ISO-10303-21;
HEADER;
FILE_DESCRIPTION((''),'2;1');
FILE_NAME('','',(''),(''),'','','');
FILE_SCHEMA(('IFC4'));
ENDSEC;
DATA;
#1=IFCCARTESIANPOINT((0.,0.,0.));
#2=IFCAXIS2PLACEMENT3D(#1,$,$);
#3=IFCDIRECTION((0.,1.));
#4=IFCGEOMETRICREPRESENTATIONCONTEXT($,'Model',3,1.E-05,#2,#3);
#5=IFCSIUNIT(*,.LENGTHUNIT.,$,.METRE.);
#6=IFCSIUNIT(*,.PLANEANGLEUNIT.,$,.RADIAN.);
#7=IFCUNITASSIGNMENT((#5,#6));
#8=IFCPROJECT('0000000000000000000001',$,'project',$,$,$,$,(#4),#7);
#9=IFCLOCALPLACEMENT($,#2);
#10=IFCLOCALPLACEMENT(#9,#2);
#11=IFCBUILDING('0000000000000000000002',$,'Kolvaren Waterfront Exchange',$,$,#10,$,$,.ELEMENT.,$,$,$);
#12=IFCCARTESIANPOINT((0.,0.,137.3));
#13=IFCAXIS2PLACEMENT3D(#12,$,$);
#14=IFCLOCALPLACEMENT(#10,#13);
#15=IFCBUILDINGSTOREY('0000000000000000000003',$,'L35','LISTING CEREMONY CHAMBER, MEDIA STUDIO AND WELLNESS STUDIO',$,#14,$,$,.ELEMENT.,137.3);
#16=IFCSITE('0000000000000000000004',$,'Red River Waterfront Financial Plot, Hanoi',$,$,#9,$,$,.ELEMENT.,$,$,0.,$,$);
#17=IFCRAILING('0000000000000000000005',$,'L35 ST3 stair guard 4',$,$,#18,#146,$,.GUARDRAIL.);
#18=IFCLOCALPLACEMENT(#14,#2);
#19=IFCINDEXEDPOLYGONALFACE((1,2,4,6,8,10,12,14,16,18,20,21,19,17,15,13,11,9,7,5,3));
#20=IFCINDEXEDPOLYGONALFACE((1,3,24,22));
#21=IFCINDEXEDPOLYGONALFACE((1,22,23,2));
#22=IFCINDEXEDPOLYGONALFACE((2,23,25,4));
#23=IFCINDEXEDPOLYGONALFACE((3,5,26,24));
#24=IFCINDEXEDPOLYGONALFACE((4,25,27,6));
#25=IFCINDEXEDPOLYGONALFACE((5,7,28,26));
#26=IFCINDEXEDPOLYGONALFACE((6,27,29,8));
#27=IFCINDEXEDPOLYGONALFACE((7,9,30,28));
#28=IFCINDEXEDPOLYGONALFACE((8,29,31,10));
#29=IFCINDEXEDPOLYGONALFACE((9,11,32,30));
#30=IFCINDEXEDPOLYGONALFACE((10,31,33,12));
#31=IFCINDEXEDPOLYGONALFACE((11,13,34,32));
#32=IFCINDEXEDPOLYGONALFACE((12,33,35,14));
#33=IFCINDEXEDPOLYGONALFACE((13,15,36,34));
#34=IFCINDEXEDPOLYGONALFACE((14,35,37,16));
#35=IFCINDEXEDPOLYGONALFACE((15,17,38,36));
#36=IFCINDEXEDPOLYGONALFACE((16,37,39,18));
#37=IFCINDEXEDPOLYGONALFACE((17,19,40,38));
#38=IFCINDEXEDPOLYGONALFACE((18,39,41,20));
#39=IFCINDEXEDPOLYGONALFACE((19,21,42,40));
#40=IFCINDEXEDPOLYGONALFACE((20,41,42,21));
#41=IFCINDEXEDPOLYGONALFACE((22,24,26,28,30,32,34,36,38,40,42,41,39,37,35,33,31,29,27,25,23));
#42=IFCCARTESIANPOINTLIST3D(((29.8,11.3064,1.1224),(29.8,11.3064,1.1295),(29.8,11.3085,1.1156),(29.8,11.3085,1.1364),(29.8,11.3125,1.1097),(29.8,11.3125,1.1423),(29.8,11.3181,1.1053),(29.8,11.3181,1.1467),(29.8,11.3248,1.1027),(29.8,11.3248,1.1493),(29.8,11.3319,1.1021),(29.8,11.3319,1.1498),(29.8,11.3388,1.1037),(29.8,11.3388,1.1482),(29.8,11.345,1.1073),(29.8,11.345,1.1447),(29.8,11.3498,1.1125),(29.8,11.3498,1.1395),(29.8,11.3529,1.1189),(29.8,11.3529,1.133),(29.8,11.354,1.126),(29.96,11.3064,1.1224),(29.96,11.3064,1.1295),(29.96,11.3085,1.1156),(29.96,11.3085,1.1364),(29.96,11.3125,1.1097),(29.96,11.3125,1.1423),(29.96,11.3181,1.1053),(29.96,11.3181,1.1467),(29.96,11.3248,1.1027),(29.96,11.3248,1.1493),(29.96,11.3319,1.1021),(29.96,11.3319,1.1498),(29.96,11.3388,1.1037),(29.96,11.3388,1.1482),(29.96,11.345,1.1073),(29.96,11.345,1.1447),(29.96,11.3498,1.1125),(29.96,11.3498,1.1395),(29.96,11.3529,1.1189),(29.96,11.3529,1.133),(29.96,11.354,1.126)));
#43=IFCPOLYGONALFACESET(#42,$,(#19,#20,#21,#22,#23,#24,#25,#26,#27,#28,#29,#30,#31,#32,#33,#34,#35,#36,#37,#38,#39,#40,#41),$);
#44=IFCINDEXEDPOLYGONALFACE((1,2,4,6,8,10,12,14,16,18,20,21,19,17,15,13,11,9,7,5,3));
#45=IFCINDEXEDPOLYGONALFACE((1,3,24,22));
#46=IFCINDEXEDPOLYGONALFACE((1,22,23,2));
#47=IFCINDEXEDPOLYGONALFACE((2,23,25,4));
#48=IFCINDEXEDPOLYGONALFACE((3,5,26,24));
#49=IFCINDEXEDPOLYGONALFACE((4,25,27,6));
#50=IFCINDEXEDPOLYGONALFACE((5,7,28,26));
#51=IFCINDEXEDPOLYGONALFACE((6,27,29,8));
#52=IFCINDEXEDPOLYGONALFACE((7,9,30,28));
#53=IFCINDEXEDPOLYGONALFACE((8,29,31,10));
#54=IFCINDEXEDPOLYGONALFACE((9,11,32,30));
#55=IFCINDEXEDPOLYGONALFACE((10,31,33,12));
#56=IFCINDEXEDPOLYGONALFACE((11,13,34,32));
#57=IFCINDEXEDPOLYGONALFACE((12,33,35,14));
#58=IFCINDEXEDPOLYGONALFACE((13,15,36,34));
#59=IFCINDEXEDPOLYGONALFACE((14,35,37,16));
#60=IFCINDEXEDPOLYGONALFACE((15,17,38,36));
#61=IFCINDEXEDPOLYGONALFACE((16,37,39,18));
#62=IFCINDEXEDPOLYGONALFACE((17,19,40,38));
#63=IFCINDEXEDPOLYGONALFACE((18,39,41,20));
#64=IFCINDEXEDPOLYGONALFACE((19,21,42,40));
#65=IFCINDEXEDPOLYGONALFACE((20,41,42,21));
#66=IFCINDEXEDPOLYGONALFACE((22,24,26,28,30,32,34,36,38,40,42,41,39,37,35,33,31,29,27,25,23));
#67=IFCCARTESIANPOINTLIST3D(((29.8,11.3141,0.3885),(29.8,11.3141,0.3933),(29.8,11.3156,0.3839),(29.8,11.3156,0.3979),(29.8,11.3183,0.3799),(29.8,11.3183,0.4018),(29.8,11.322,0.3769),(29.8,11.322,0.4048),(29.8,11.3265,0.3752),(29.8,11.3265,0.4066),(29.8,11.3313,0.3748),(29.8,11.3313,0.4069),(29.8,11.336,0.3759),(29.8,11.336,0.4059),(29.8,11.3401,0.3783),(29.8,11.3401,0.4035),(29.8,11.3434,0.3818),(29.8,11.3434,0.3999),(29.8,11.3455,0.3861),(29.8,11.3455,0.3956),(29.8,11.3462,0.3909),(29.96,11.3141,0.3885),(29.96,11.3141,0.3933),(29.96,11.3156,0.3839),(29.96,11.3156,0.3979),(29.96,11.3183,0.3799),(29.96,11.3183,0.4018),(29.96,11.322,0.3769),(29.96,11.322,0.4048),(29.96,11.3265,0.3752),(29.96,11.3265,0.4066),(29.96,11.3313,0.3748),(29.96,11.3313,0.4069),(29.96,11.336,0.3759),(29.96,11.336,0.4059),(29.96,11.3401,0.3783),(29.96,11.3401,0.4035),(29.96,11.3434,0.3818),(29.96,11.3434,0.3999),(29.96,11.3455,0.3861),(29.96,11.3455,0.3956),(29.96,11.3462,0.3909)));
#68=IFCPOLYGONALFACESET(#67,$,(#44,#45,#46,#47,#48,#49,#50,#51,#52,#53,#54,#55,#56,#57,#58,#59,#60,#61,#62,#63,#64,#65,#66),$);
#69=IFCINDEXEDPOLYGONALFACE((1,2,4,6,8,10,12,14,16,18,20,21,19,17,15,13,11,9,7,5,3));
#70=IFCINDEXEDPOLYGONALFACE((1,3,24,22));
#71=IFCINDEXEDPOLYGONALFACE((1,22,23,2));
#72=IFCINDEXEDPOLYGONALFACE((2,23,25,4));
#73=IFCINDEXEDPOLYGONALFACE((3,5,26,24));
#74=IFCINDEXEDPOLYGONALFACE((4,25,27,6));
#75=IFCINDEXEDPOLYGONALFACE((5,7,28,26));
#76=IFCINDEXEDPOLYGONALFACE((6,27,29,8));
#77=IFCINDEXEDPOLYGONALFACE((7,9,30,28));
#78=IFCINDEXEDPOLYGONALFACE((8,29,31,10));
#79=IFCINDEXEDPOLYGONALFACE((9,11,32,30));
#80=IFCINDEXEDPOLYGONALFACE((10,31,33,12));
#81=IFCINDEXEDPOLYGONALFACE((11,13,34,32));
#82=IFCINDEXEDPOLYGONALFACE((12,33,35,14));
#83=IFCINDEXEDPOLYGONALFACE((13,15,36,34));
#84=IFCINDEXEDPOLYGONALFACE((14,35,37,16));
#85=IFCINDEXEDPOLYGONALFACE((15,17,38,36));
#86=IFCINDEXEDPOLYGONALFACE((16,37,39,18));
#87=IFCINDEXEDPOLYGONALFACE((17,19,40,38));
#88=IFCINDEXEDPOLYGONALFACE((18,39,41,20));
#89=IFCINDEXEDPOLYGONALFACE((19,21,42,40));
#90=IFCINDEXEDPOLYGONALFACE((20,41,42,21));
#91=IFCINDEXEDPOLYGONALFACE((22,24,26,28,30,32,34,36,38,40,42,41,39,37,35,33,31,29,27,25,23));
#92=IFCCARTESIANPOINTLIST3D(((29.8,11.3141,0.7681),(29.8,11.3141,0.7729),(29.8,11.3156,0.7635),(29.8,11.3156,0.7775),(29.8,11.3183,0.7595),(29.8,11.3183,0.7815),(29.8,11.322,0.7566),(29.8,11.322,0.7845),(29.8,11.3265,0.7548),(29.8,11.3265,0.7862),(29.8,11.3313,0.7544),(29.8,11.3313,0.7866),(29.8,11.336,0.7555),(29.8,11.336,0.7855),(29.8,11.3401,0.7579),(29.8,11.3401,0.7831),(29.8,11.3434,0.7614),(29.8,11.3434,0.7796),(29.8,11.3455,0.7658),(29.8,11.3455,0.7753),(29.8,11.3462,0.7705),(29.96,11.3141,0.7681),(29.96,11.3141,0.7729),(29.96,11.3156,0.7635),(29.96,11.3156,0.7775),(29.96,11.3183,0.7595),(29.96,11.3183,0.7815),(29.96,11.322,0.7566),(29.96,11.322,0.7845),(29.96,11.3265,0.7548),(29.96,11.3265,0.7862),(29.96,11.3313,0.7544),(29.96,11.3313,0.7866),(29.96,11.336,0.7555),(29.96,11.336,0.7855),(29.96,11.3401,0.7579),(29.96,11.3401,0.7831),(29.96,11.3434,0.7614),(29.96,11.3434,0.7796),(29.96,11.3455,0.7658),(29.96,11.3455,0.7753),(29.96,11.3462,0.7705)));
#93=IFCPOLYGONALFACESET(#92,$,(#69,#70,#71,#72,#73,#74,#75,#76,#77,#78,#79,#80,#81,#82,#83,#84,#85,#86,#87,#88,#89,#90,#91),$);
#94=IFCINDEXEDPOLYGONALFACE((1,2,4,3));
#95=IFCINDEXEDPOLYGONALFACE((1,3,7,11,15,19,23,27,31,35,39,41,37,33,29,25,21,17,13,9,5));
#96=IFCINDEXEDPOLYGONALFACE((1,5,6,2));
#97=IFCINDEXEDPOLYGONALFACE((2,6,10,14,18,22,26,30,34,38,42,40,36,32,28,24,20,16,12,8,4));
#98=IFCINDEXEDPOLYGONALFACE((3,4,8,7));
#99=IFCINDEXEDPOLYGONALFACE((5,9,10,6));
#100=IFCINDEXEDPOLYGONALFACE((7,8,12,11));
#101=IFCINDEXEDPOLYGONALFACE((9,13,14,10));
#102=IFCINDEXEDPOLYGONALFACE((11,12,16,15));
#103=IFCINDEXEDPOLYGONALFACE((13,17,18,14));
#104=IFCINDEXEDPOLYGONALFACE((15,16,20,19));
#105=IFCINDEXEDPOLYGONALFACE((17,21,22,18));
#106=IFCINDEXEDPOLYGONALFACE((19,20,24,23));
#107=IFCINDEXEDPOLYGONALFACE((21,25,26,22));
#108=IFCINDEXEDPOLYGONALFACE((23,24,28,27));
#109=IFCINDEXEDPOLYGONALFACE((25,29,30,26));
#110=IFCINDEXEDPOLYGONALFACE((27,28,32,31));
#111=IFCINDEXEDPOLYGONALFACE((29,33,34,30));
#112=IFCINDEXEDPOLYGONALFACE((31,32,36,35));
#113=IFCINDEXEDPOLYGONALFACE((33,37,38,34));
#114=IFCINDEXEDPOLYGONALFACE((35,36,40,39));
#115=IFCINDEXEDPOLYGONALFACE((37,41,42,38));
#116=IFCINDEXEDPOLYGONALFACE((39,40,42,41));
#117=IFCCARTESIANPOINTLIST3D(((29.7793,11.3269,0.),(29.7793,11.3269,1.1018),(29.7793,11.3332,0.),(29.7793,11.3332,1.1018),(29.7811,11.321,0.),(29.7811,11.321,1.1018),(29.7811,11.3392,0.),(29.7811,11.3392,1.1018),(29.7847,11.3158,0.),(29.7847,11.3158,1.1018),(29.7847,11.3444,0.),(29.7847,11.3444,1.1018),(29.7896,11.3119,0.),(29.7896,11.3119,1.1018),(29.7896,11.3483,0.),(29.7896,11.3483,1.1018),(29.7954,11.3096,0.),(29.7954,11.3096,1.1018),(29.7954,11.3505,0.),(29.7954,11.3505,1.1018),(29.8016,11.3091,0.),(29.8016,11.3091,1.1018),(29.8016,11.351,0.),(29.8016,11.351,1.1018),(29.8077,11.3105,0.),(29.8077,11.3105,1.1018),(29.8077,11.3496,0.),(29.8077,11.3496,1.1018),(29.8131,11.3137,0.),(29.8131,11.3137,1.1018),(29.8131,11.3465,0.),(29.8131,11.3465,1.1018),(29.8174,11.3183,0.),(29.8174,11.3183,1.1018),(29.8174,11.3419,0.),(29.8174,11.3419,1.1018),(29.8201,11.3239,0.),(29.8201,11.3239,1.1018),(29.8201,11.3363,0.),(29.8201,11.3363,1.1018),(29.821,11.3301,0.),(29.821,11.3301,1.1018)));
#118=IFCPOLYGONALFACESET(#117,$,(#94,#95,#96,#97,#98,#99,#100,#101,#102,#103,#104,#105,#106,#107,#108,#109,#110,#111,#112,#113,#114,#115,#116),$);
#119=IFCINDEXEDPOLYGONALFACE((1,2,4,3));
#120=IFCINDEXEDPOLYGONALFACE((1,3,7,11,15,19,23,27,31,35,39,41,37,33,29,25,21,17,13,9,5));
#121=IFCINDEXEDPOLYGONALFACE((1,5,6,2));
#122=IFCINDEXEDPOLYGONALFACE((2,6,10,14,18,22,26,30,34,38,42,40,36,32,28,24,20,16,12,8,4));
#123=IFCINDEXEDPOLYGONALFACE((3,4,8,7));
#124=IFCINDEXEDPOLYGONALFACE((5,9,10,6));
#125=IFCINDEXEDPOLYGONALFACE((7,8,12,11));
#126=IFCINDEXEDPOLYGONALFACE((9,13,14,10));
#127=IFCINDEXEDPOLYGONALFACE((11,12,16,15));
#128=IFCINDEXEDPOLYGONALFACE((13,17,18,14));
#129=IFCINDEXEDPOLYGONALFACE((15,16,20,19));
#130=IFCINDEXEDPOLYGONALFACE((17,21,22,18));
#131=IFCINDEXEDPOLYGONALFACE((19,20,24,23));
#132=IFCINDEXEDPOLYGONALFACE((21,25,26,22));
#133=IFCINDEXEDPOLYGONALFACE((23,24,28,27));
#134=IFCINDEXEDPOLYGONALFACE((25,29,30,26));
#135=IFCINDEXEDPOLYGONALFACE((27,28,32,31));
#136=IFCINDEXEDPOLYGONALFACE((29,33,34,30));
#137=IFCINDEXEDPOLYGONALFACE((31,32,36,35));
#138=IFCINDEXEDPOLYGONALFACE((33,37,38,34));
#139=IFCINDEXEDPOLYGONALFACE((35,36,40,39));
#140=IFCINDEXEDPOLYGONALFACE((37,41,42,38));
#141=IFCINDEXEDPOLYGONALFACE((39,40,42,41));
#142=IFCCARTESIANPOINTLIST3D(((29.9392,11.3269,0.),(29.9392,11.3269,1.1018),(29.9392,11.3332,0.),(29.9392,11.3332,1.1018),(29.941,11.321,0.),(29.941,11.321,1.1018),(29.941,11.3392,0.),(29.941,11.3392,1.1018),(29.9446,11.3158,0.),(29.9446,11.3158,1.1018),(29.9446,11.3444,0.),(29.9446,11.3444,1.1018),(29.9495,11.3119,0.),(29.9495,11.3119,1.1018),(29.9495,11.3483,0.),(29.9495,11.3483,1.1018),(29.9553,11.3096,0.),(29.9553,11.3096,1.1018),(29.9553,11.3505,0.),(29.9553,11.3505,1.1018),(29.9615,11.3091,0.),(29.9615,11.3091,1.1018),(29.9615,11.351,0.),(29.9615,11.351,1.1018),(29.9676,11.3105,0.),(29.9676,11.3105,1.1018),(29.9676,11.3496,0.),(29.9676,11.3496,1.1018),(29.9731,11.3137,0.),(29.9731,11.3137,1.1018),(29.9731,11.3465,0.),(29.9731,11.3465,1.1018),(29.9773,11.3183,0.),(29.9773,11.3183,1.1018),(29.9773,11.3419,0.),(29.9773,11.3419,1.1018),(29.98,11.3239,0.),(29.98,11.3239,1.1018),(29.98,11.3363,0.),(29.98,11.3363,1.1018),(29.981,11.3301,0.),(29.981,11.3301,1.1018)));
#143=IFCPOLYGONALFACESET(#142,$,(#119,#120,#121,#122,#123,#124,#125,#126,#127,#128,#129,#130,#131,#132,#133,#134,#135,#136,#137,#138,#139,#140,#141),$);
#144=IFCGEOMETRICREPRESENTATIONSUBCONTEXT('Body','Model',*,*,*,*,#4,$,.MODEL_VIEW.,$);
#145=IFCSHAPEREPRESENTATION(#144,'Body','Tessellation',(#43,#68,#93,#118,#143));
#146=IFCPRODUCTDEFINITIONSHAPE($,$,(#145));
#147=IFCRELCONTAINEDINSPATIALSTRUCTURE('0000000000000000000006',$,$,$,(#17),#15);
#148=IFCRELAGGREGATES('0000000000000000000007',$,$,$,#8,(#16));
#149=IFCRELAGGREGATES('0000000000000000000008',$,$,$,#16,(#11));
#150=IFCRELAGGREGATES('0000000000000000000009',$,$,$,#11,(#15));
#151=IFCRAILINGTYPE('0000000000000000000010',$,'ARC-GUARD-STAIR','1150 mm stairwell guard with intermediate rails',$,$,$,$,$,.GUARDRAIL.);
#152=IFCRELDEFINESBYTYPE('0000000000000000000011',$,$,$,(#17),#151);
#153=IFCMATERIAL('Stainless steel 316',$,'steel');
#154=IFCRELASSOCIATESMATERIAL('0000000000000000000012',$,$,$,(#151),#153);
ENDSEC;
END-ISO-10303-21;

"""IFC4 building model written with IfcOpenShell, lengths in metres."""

from ifc_helpers import new_model, si_unit, direction, frame, origin, origin_2d, place, context, subcontext, project, spatial, circle, extrude, material, type_object, element, save


model = new_model("IFC4")

# Units and contexts
model_context = context("Model", 3, precision=1e-05, world=origin(), true_north=direction((0.0, 1.0)))
body_context = subcontext(model_context, "Body", "Model", "MODEL_VIEW")
ifc_project = project(units=[si_unit("LENGTHUNIT", "METRE"), si_unit("PLANEANGLEUNIT", "RADIAN")], contexts=[model_context])

# Site, building, storey
site_placement = place(None, origin())
site = spatial("IfcSite", under=ifc_project, at=site_placement, Name="Red River Waterfront Financial Plot, Hanoi", CompositionType="ELEMENT", RefElevation=0.0)
building_placement = place(site_placement, origin())
building = spatial("IfcBuilding", under=site, at=building_placement, Name="Kolvaren Waterfront Exchange", CompositionType="ELEMENT")
storey_placement = place(building_placement, frame((0.0, 0.0, 137.3)))
storey = spatial("IfcBuildingStorey", under=building, at=storey_placement, Name="L35", Description="LISTING CEREMONY CHAMBER, MEDIA STUDIO AND WELLNESS STUDIO", CompositionType="ELEMENT", Elevation=137.3)

# Railing
ifc_material_1 = material(Name="Stainless steel 316", Category="steel")
railing_type_1 = type_object("IfcRailingType", Name="ARC-GUARD-STAIR", Description="1150 mm stairwell guard with intermediate rails", PredefinedType="GUARDRAIL", material=ifc_material_1)
railing_1_placement = place(storey_placement, frame((29.8, 11.3301, 0.0)))
element("IfcRailing", 1, at=railing_1_placement, inside=storey, type_object=railing_type_1, Name="L35 ST3 stair guard 4", PredefinedType="GUARDRAIL", context=body_context, shape_type="SweptSolid", body=[
    extrude(circle(Radius=0.0239, at=origin_2d()), frame((0.0, 0.0, 1.126), z_axis=(1.0, 0.0, 0.0), x_axis=(0.0, 1.0, 0.0)), (0.0, 0.0, 1.0), 0.1599),
    extrude(circle(Radius=0.0161, at=origin_2d()), frame((0.0, 0.0, 0.3909), z_axis=(1.0, 0.0, 0.0), x_axis=(0.0, 1.0, 0.0)), (0.0, 0.0, 1.0), 0.1599),
    extrude(circle(Radius=0.0161, at=origin_2d()), frame((0.0, 0.0, 0.7705), z_axis=(1.0, 0.0, 0.0), x_axis=(0.0, 1.0, 0.0)), (0.0, 0.0, 1.0), 0.1599),
    extrude(circle(Radius=0.021, at=origin_2d()), origin(), (0.0, 0.0, 1.0), 1.1018),
    extrude(circle(Radius=0.021, at=origin_2d()), frame((0.1599, 0.0, 0.0)), (0.0, 0.0, 1.0), 1.1018),
])

save(model, "model.ifc")
